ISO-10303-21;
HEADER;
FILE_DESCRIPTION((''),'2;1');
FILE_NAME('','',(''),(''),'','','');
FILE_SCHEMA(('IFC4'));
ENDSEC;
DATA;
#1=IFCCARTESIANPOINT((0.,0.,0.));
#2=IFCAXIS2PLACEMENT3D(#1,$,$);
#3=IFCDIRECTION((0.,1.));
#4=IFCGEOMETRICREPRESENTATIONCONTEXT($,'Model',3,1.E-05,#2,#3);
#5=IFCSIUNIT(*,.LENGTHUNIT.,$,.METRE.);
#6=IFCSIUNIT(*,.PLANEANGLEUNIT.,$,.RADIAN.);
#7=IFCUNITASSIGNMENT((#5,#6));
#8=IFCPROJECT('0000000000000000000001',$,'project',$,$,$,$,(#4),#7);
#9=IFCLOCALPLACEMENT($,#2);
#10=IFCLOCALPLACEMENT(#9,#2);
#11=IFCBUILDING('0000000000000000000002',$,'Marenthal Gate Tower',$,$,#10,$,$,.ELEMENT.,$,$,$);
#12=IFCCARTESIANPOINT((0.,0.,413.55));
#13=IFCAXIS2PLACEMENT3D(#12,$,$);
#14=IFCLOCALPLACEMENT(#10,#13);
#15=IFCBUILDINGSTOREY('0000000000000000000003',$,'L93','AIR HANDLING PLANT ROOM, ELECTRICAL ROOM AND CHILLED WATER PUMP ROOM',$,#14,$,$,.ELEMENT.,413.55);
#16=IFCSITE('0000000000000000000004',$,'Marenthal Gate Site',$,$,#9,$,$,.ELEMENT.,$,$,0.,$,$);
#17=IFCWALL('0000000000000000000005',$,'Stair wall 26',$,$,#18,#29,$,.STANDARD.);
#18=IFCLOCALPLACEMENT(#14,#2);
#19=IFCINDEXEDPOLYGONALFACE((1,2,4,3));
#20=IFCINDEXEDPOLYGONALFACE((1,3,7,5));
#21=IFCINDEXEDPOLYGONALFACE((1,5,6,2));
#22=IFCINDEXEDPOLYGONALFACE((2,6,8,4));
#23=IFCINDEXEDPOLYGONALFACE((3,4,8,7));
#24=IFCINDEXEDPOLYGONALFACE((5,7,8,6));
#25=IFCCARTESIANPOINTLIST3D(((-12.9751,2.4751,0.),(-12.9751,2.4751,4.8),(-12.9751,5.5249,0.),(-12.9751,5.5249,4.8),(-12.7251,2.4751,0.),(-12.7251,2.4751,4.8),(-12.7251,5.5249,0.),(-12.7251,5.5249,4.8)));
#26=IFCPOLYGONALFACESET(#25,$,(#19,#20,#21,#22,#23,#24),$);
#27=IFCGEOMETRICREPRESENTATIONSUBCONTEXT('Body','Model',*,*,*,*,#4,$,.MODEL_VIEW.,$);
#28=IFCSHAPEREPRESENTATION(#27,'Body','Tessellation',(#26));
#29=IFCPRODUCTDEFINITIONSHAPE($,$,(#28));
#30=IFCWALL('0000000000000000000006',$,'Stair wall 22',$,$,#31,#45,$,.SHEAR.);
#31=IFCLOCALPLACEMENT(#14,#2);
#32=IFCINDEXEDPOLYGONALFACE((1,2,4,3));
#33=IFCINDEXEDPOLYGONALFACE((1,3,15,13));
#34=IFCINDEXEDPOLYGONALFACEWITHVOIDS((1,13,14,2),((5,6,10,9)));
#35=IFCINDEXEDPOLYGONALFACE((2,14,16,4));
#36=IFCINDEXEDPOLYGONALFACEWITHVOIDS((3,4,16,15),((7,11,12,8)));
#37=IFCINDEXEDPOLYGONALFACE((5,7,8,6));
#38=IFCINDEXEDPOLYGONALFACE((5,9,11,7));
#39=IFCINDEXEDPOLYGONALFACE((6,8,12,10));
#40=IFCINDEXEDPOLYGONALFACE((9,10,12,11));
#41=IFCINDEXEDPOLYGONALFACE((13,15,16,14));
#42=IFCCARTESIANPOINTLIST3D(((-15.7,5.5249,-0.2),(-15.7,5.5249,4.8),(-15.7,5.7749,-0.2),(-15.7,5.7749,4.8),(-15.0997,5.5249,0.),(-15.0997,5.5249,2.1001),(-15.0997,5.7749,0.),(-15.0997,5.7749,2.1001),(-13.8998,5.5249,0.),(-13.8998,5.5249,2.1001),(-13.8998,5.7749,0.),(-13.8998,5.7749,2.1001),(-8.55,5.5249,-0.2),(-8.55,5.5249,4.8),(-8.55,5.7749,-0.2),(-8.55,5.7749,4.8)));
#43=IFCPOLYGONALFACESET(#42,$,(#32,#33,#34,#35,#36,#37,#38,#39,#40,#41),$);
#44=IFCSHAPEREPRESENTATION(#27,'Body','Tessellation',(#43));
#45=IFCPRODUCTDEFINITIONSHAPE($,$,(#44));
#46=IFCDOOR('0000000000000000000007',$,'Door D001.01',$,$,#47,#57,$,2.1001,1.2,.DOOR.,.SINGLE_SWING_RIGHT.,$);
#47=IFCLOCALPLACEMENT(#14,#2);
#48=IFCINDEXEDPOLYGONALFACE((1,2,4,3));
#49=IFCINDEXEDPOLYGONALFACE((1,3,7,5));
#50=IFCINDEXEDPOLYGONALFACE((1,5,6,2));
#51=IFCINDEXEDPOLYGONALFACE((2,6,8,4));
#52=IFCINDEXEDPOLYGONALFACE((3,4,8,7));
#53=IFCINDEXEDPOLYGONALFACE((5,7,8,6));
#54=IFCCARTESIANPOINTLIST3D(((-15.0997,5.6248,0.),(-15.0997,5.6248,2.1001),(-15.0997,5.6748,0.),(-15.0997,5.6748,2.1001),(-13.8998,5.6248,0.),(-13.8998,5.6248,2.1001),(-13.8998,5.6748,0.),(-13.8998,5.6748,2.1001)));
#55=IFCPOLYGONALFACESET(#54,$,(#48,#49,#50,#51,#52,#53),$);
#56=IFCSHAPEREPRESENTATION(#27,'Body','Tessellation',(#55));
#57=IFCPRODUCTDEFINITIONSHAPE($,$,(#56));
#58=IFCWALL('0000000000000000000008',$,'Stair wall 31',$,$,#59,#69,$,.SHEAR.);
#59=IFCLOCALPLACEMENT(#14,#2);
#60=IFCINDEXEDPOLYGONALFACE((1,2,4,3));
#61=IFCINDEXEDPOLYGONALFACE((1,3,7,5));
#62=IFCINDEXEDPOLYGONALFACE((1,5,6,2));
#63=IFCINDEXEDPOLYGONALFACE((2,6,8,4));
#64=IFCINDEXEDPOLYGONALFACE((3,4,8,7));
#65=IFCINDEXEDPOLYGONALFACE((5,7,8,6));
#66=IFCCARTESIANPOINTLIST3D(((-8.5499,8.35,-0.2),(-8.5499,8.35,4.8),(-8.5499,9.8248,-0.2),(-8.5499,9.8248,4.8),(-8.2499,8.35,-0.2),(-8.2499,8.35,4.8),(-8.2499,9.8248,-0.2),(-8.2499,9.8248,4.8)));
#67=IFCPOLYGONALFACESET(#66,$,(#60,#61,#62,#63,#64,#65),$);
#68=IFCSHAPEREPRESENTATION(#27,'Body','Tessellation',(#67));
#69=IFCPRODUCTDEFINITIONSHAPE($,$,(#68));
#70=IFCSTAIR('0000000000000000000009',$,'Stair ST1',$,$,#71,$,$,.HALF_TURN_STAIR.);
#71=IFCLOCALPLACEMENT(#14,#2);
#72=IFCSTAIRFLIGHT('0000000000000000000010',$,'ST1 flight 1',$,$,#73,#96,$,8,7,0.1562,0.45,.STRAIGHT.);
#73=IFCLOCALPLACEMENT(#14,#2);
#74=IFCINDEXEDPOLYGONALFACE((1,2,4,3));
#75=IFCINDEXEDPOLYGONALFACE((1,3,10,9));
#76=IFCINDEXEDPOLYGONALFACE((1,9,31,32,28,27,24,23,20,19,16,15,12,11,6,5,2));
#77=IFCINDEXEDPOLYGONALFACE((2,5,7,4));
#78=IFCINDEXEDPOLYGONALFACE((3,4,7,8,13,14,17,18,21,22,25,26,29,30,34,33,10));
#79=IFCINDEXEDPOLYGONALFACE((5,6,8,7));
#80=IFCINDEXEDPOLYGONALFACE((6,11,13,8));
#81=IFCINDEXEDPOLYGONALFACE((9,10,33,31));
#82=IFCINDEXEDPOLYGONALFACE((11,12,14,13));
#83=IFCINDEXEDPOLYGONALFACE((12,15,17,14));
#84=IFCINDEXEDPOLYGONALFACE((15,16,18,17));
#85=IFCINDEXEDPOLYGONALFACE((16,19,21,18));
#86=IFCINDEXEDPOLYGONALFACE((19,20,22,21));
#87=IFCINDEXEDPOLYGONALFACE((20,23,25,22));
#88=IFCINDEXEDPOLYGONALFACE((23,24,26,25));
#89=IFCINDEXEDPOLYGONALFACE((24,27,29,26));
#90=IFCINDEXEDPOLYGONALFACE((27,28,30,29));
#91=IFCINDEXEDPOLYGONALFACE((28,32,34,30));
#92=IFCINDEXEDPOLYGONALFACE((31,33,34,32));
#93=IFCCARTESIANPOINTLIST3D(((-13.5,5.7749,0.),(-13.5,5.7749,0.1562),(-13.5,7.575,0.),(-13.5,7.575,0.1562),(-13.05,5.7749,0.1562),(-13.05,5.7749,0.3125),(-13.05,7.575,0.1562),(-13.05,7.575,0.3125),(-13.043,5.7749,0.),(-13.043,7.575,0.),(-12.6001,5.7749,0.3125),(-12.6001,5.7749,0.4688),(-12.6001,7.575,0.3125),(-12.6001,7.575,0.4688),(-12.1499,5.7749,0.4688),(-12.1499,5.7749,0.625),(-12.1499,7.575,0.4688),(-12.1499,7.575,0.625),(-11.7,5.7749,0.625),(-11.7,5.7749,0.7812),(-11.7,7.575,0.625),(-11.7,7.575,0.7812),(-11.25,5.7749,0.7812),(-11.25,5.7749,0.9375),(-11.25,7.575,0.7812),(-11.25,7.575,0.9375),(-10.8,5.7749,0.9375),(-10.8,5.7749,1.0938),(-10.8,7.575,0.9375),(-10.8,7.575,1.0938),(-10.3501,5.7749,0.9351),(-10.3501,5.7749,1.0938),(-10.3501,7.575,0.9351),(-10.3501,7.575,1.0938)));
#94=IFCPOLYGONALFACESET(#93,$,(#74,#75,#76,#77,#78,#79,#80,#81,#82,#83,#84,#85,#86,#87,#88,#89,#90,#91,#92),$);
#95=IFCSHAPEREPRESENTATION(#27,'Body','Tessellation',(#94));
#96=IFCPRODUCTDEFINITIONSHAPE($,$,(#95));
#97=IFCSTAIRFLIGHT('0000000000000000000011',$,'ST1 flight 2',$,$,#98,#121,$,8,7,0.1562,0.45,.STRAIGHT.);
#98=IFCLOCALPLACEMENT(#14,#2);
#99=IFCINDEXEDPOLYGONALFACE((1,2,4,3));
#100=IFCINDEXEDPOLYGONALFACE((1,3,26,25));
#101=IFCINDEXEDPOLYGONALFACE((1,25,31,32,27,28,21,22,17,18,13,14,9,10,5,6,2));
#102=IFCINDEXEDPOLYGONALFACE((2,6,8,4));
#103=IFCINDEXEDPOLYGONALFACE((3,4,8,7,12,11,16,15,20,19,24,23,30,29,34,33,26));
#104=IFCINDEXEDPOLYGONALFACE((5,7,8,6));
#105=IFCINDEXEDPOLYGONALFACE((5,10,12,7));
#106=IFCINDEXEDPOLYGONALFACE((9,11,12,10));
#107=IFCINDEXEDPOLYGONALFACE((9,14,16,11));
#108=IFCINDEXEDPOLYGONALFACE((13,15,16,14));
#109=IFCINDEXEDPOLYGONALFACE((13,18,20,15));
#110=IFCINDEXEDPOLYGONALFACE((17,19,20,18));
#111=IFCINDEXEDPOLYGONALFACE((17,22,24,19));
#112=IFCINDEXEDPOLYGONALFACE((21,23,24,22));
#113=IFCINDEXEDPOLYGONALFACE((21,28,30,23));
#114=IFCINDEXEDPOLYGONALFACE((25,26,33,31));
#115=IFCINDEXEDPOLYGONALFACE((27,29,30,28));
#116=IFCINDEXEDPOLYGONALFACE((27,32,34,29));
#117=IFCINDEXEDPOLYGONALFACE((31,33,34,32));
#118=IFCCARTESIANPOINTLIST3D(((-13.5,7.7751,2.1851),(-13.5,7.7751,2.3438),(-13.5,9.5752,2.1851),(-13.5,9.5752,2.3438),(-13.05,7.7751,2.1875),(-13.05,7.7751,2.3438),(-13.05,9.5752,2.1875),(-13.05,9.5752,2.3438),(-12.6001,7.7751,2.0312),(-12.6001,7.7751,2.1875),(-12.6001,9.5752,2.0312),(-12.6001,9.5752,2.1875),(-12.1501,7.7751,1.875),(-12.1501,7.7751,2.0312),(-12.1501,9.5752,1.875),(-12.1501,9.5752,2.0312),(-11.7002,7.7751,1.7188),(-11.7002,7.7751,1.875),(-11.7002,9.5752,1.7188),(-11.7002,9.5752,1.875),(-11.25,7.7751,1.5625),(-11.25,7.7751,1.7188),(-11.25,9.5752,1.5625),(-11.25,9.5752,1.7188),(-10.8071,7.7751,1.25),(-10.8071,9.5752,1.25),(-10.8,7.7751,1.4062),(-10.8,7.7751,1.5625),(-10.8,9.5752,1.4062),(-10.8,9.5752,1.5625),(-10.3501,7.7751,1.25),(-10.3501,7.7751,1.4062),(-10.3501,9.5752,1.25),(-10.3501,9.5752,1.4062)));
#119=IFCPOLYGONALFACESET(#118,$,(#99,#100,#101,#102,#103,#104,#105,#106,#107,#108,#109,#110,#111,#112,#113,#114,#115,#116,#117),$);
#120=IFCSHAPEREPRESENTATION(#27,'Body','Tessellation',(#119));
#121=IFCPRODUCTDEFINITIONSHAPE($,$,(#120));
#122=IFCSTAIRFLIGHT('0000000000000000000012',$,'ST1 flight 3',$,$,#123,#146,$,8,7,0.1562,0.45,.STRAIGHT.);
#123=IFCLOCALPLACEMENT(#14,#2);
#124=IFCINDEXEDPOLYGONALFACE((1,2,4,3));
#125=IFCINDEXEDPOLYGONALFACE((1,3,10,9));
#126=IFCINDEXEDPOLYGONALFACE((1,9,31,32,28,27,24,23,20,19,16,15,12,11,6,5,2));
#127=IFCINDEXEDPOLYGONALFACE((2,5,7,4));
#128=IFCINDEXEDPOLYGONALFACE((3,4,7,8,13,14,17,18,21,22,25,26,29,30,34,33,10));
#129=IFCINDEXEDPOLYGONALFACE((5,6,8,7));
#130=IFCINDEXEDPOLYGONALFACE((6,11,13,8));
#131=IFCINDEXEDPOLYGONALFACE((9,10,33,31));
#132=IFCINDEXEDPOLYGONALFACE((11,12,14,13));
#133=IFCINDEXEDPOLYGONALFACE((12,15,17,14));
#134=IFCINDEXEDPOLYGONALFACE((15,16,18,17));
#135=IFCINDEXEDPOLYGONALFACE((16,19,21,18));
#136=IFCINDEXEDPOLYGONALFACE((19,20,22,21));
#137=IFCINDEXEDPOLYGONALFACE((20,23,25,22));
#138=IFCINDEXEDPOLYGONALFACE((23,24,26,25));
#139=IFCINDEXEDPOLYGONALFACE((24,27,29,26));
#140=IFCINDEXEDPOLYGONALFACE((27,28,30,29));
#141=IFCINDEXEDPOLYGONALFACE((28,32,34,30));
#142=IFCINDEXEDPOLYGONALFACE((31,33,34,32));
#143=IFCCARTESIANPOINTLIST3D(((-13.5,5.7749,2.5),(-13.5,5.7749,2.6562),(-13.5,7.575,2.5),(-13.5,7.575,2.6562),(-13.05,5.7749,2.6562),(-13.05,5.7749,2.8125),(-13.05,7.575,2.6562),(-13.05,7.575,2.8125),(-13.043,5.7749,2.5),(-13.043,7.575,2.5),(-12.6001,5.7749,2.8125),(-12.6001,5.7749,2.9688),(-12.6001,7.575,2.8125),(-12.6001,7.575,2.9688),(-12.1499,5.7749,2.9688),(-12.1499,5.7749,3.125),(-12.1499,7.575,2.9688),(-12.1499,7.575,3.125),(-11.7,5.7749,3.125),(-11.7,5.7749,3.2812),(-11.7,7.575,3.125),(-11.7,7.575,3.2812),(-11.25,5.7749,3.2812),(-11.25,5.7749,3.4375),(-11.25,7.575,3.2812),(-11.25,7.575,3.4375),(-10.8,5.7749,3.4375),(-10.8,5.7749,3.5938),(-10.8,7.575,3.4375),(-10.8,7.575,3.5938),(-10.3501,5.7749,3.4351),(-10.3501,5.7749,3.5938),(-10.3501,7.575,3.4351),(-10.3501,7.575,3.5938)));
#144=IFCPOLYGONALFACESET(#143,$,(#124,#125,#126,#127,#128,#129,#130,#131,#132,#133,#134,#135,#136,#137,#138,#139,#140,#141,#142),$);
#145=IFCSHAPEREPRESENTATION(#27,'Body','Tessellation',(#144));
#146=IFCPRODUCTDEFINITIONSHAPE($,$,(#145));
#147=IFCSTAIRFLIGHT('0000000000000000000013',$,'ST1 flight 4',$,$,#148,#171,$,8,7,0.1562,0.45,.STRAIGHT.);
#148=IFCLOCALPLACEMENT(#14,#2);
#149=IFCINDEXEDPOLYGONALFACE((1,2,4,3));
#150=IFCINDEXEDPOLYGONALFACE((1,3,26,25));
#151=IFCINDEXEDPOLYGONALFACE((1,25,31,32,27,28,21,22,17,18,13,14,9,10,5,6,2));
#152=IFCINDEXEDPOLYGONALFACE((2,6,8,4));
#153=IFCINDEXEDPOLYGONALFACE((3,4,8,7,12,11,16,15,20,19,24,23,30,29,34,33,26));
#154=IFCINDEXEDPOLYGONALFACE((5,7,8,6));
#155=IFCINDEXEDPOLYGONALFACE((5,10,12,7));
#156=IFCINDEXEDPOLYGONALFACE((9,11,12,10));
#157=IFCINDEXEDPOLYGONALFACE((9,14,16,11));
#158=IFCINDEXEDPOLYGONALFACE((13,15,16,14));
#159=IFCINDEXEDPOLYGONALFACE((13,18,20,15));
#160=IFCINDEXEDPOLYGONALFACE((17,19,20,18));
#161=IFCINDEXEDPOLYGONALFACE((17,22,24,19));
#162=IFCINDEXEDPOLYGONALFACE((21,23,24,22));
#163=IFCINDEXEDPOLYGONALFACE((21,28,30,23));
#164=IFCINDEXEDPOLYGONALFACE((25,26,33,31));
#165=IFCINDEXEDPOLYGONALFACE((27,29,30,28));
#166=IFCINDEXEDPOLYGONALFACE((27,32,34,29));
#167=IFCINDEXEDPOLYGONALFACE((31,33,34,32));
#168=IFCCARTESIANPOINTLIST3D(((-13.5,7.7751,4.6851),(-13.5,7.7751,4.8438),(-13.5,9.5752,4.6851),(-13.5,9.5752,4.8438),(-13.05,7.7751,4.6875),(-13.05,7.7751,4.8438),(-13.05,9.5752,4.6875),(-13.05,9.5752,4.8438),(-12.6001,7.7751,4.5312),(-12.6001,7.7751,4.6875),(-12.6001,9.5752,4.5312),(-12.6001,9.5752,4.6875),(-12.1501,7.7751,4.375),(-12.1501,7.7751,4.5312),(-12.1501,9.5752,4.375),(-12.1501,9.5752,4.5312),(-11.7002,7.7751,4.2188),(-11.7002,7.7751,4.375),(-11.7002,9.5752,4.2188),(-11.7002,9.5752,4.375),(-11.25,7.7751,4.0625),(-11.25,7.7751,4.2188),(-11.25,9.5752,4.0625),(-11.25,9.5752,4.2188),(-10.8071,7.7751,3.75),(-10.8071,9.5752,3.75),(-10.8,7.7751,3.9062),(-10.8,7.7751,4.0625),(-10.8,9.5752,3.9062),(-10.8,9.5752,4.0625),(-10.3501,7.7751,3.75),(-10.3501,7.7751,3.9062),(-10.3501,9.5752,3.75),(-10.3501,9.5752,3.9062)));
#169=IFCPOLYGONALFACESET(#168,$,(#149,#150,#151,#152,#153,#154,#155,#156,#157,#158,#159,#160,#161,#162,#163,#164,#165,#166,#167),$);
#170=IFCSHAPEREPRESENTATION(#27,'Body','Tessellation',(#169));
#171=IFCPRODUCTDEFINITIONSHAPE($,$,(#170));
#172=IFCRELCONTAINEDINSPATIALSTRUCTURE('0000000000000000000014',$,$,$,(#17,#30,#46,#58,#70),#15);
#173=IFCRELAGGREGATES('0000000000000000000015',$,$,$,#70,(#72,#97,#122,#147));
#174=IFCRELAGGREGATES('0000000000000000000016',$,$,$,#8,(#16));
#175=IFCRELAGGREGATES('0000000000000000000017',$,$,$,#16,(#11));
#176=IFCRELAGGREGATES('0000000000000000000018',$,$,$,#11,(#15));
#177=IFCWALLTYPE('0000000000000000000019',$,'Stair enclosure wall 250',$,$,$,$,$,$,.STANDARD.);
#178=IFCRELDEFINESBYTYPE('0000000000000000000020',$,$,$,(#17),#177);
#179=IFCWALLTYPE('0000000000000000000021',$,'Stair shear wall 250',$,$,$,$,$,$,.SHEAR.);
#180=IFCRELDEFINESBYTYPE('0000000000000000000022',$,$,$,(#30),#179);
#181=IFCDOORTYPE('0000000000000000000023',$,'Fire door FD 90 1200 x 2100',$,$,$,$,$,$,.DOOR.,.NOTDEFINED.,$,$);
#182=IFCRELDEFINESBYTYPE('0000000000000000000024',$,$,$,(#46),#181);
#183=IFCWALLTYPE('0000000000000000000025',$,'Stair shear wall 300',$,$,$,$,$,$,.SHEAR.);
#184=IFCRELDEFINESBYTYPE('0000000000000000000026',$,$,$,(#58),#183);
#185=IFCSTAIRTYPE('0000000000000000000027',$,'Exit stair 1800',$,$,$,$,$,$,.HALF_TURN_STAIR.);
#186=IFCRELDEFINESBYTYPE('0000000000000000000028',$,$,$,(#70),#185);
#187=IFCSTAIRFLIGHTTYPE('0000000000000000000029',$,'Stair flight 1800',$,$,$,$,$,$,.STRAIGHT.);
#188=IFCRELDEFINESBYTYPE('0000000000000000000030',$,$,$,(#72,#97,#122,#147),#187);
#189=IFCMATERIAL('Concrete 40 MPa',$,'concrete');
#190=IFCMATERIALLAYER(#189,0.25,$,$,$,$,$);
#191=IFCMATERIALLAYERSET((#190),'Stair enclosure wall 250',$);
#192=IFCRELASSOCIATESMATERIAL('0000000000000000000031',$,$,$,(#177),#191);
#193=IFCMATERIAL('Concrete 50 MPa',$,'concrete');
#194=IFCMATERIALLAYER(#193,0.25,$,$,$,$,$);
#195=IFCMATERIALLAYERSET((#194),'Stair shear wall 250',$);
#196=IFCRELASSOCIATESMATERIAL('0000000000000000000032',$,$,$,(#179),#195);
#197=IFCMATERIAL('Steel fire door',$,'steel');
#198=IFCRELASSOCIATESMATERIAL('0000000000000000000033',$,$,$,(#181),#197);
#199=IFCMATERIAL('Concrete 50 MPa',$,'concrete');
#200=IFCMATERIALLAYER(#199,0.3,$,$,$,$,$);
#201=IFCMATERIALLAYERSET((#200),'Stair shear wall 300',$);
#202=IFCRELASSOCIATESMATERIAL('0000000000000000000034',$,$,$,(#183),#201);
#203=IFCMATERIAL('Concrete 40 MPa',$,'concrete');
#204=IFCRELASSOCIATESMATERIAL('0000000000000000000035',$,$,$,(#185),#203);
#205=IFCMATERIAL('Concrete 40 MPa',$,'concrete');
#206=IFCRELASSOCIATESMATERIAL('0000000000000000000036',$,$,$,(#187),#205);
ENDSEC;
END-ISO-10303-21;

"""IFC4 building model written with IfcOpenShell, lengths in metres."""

from ifc_helpers import new_model, si_unit, direction, frame, frame_2d, origin, place, context, subcontext, project, spatial, polyline, rectangle, outline, extrude, material, layer, layer_set, type_object, element, fill, aggregate, save


model = new_model("IFC4")

# Units and contexts
model_context = context("Model", 3, precision=1e-05, world=origin(), true_north=direction((0.0, 1.0)))
body_context = subcontext(model_context, "Body", "Model", "MODEL_VIEW")
ifc_project = project(units=[si_unit("LENGTHUNIT", "METRE"), si_unit("PLANEANGLEUNIT", "RADIAN")], contexts=[model_context])

# Site, building, storey
site_placement = place(None, origin())
site = spatial("IfcSite", under=ifc_project, at=site_placement, Name="Marenthal Gate Site", CompositionType="ELEMENT", RefElevation=0.0)
building_placement = place(site_placement, origin())
building = spatial("IfcBuilding", under=site, at=building_placement, Name="Marenthal Gate Tower", CompositionType="ELEMENT")
storey_placement = place(building_placement, frame((0.0, 0.0, 413.55)))
storey = spatial("IfcBuildingStorey", under=building, at=storey_placement, Name="L93", Description="AIR HANDLING PLANT ROOM, ELECTRICAL ROOM AND CHILLED WATER PUMP ROOM", CompositionType="ELEMENT", Elevation=413.55)

# Wall
ifc_material_1 = material(Name="Concrete 40 MPa", Category="concrete")
ifc_layer_1 = layer(ifc_material_1, 0.25)
ifc_layer_set_1 = layer_set([ifc_layer_1], Name="Stair enclosure wall 250")
wall_type_1 = type_object("IfcWallType", Name="Stair enclosure wall 250", PredefinedType="STANDARD", material=ifc_layer_set_1)
wall_1_placement = place(storey_placement, frame((-12.8501, 2.4751, 0.0), z_axis=(0.0, 0.0, 1.0), x_axis=(0.0, 1.0, 0.0)))
element("IfcWall", 1, at=wall_1_placement, inside=storey, type_object=wall_type_1, Name="Stair wall 26", PredefinedType="STANDARD", context=body_context, shape_type="SweptSolid", body=[
    extrude(rectangle(XDim=3.0498, YDim=0.25, at=frame_2d((1.5249, 0.0))), origin(), (0.0, 0.0, 1.0), 4.8),
])

# Wall, opening, door
ifc_material_2 = material(Name="Concrete 50 MPa", Category="concrete")
ifc_layer_2 = layer(ifc_material_2, 0.25)
ifc_layer_set_2 = layer_set([ifc_layer_2], Name="Stair shear wall 250")
wall_type_2 = type_object("IfcWallType", Name="Stair shear wall 250", PredefinedType="SHEAR", material=ifc_layer_set_2)
wall_2_placement = place(storey_placement, frame((-15.7, 5.6499, -0.2), z_axis=(0.0, 0.0, 1.0), x_axis=(1.0, 0.0, 0.0)))
wall_2 = element("IfcWall", 2, at=wall_2_placement, inside=storey, type_object=wall_type_2, Name="Stair wall 22", PredefinedType="SHEAR", context=body_context, shape_type="SweptSolid", body=[
    extrude(rectangle(XDim=7.1499, YDim=0.25, at=frame_2d((3.575, 0.0))), origin(), (0.0, 0.0, 1.0), 5.0),
])
opening_1_placement = place(wall_2_placement, frame((0.6001, 0.0, 0.2)))
opening_1 = element("IfcOpeningElement", 3, at=opening_1_placement, cuts=wall_2, PredefinedType="OPENING", context=body_context, shape_type="SweptSolid", body=[
    extrude(rectangle(XDim=1.2, YDim=2.1001, at=frame_2d((0.6001, 1.05))), frame((0.0, 0.135, 0.0), z_axis=(0.0, -1.0, 0.0), x_axis=(1.0, 0.0, 0.0)), (0.0, 0.0, 1.0), 0.27),
])
ifc_material_3 = material(Name="Steel fire door", Category="steel")
door_type_1 = type_object("IfcDoorType", Name="Fire door FD 90 1200 x 2100", OperationType="NOTDEFINED", PredefinedType="DOOR", material=ifc_material_3)
door_1_placement = place(opening_1_placement, origin())
door_1 = element("IfcDoor", 4, at=door_1_placement, inside=storey, type_object=door_type_1, Name="Door D001.01", OperationType="SINGLE_SWING_RIGHT", OverallHeight=2.1001, OverallWidth=1.2, PredefinedType="DOOR", context=body_context, shape_type="SweptSolid", body=[
    extrude(rectangle(XDim=1.2, YDim=2.1001, at=frame_2d((0.6001, 1.05))), frame((0.0, 0.0249, 0.0), z_axis=(0.0, -1.0, 0.0), x_axis=(1.0, 0.0, 0.0)), (0.0, 0.0, 1.0), 0.05),
])
fill(opening_1, door_1)

# Wall
ifc_material_4 = material(Name="Concrete 50 MPa", Category="concrete")
ifc_layer_3 = layer(ifc_material_4, 0.3)
ifc_layer_set_3 = layer_set([ifc_layer_3], Name="Stair shear wall 300")
wall_type_3 = type_object("IfcWallType", Name="Stair shear wall 300", PredefinedType="SHEAR", material=ifc_layer_set_3)
wall_3_placement = place(storey_placement, frame((-8.3999, 8.3501, -0.2), z_axis=(0.0, 0.0, 1.0), x_axis=(0.0, 1.0, 0.0)))
element("IfcWall", 5, at=wall_3_placement, inside=storey, type_object=wall_type_3, Name="Stair wall 31", PredefinedType="SHEAR", context=body_context, shape_type="SweptSolid", body=[
    extrude(rectangle(XDim=1.4749, YDim=0.3, at=frame_2d((0.7373, 0.0))), origin(), (0.0, 0.0, 1.0), 5.0),
])

# Stair, stair flights
ifc_material_5 = material(Name="Concrete 40 MPa", Category="concrete")
stair_type = type_object("IfcStairType", Name="Exit stair 1800", PredefinedType="HALF_TURN_STAIR", material=ifc_material_5)
stair_placement = place(storey_placement, origin())
stair = element("IfcStair", 6, at=stair_placement, inside=storey, type_object=stair_type, Name="Stair ST1", PredefinedType="HALF_TURN_STAIR")
ifc_material_6 = material(Name="Concrete 40 MPa", Category="concrete")
stair_flight_type = type_object("IfcStairFlightType", Name="Stair flight 1800", PredefinedType="STRAIGHT", material=ifc_material_6)
stair_flight_1_placement = place(storey_placement, frame((-13.5, 6.675, 0.0), z_axis=(0.0, 0.0, 1.0), x_axis=(1.0, 0.0, 0.0)))
stair_flight_1 = element("IfcStairFlight", 7, at=stair_flight_1_placement, type_object=stair_flight_type, Name="ST1 flight 1", NumberOfRisers=8, NumberOfTreads=7, PredefinedType="STRAIGHT", RiserHeight=0.1562, TreadLength=0.45, context=body_context, shape_type="SweptSolid", body=[
    extrude(outline(polyline([(0.0, 0.0), (0.0, 0.1562), (0.45, 0.1562), (0.45, 0.3125), (0.8999, 0.3125), (0.8999, 0.4688), (1.3501, 0.4688), (1.3501, 0.625), (1.8, 0.625), (1.8, 0.7812), (2.25, 0.7812), (2.25, 0.9375), (2.7, 0.9375), (2.7, 1.0938), (3.1499, 1.0938), (3.1499, 1.25), (3.1499, 0.9351), (0.457, 0.0), (0.0, 0.0)])), frame((0.0, 0.8999, 0.0), z_axis=(0.0, -1.0, 0.0), x_axis=(1.0, 0.0, 0.0)), (0.0, 0.0, 1.0), 1.8),
])
stair_flight_2_placement = place(storey_placement, frame((-10.3501, 8.675, 1.25), z_axis=(0.0, 0.0, 1.0), x_axis=(-1.0, 0.0, 0.0)))
stair_flight_2 = element("IfcStairFlight", 8, at=stair_flight_2_placement, type_object=stair_flight_type, Name="ST1 flight 2", NumberOfRisers=8, NumberOfTreads=7, PredefinedType="STRAIGHT", RiserHeight=0.1562, TreadLength=0.45, context=body_context, shape_type="SweptSolid", body=[
    extrude(outline(polyline([(0.0, 0.0), (0.0, 0.1562), (0.45, 0.1562), (0.45, 0.3125), (0.8999, 0.3125), (0.8999, 0.4688), (1.3501, 0.4688), (1.3501, 0.625), (1.8, 0.625), (1.8, 0.7812), (2.25, 0.7812), (2.25, 0.9375), (2.7, 0.9375), (2.7, 1.0938), (3.1499, 1.0938), (3.1499, 1.25), (3.1499, 0.9351), (0.457, 0.0), (0.0, 0.0)])), frame((0.0, 0.8999, 0.0), z_axis=(0.0, -1.0, 0.0), x_axis=(1.0, 0.0, 0.0)), (0.0, 0.0, 1.0), 1.8),
])
stair_flight_3_placement = place(storey_placement, frame((-13.5, 6.675, 2.5), z_axis=(0.0, 0.0, 1.0), x_axis=(1.0, 0.0, 0.0)))
stair_flight_3 = element("IfcStairFlight", 9, at=stair_flight_3_placement, type_object=stair_flight_type, Name="ST1 flight 3", NumberOfRisers=8, NumberOfTreads=7, PredefinedType="STRAIGHT", RiserHeight=0.1562, TreadLength=0.45, context=body_context, shape_type="SweptSolid", body=[
    extrude(outline(polyline([(0.0, 0.0), (0.0, 0.1562), (0.45, 0.1562), (0.45, 0.3125), (0.8999, 0.3125), (0.8999, 0.4688), (1.3501, 0.4688), (1.3501, 0.625), (1.8, 0.625), (1.8, 0.7812), (2.25, 0.7812), (2.25, 0.9375), (2.7, 0.9375), (2.7, 1.0938), (3.1499, 1.0938), (3.1499, 1.25), (3.1499, 0.9351), (0.457, 0.0), (0.0, 0.0)])), frame((0.0, 0.8999, 0.0), z_axis=(0.0, -1.0, 0.0), x_axis=(1.0, 0.0, 0.0)), (0.0, 0.0, 1.0), 1.8),
])
stair_flight_4_placement = place(storey_placement, frame((-10.3501, 8.675, 3.75), z_axis=(0.0, 0.0, 1.0), x_axis=(-1.0, 0.0, 0.0)))
stair_flight_4 = element("IfcStairFlight", 10, at=stair_flight_4_placement, type_object=stair_flight_type, Name="ST1 flight 4", NumberOfRisers=8, NumberOfTreads=7, PredefinedType="STRAIGHT", RiserHeight=0.1562, TreadLength=0.45, context=body_context, shape_type="SweptSolid", body=[
    extrude(outline(polyline([(0.0, 0.0), (0.0, 0.1562), (0.45, 0.1562), (0.45, 0.3125), (0.8999, 0.3125), (0.8999, 0.4688), (1.3501, 0.4688), (1.3501, 0.625), (1.8, 0.625), (1.8, 0.7812), (2.25, 0.7812), (2.25, 0.9375), (2.7, 0.9375), (2.7, 1.0938), (3.1499, 1.0938), (3.1499, 1.25), (3.1499, 0.9351), (0.457, 0.0), (0.0, 0.0)])), frame((0.0, 0.8999, 0.0), z_axis=(0.0, -1.0, 0.0), x_axis=(1.0, 0.0, 0.0)), (0.0, 0.0, 1.0), 1.8),
])
aggregate(stair, [stair_flight_1, stair_flight_2, stair_flight_3, stair_flight_4])

save(model, "model.ifc")
